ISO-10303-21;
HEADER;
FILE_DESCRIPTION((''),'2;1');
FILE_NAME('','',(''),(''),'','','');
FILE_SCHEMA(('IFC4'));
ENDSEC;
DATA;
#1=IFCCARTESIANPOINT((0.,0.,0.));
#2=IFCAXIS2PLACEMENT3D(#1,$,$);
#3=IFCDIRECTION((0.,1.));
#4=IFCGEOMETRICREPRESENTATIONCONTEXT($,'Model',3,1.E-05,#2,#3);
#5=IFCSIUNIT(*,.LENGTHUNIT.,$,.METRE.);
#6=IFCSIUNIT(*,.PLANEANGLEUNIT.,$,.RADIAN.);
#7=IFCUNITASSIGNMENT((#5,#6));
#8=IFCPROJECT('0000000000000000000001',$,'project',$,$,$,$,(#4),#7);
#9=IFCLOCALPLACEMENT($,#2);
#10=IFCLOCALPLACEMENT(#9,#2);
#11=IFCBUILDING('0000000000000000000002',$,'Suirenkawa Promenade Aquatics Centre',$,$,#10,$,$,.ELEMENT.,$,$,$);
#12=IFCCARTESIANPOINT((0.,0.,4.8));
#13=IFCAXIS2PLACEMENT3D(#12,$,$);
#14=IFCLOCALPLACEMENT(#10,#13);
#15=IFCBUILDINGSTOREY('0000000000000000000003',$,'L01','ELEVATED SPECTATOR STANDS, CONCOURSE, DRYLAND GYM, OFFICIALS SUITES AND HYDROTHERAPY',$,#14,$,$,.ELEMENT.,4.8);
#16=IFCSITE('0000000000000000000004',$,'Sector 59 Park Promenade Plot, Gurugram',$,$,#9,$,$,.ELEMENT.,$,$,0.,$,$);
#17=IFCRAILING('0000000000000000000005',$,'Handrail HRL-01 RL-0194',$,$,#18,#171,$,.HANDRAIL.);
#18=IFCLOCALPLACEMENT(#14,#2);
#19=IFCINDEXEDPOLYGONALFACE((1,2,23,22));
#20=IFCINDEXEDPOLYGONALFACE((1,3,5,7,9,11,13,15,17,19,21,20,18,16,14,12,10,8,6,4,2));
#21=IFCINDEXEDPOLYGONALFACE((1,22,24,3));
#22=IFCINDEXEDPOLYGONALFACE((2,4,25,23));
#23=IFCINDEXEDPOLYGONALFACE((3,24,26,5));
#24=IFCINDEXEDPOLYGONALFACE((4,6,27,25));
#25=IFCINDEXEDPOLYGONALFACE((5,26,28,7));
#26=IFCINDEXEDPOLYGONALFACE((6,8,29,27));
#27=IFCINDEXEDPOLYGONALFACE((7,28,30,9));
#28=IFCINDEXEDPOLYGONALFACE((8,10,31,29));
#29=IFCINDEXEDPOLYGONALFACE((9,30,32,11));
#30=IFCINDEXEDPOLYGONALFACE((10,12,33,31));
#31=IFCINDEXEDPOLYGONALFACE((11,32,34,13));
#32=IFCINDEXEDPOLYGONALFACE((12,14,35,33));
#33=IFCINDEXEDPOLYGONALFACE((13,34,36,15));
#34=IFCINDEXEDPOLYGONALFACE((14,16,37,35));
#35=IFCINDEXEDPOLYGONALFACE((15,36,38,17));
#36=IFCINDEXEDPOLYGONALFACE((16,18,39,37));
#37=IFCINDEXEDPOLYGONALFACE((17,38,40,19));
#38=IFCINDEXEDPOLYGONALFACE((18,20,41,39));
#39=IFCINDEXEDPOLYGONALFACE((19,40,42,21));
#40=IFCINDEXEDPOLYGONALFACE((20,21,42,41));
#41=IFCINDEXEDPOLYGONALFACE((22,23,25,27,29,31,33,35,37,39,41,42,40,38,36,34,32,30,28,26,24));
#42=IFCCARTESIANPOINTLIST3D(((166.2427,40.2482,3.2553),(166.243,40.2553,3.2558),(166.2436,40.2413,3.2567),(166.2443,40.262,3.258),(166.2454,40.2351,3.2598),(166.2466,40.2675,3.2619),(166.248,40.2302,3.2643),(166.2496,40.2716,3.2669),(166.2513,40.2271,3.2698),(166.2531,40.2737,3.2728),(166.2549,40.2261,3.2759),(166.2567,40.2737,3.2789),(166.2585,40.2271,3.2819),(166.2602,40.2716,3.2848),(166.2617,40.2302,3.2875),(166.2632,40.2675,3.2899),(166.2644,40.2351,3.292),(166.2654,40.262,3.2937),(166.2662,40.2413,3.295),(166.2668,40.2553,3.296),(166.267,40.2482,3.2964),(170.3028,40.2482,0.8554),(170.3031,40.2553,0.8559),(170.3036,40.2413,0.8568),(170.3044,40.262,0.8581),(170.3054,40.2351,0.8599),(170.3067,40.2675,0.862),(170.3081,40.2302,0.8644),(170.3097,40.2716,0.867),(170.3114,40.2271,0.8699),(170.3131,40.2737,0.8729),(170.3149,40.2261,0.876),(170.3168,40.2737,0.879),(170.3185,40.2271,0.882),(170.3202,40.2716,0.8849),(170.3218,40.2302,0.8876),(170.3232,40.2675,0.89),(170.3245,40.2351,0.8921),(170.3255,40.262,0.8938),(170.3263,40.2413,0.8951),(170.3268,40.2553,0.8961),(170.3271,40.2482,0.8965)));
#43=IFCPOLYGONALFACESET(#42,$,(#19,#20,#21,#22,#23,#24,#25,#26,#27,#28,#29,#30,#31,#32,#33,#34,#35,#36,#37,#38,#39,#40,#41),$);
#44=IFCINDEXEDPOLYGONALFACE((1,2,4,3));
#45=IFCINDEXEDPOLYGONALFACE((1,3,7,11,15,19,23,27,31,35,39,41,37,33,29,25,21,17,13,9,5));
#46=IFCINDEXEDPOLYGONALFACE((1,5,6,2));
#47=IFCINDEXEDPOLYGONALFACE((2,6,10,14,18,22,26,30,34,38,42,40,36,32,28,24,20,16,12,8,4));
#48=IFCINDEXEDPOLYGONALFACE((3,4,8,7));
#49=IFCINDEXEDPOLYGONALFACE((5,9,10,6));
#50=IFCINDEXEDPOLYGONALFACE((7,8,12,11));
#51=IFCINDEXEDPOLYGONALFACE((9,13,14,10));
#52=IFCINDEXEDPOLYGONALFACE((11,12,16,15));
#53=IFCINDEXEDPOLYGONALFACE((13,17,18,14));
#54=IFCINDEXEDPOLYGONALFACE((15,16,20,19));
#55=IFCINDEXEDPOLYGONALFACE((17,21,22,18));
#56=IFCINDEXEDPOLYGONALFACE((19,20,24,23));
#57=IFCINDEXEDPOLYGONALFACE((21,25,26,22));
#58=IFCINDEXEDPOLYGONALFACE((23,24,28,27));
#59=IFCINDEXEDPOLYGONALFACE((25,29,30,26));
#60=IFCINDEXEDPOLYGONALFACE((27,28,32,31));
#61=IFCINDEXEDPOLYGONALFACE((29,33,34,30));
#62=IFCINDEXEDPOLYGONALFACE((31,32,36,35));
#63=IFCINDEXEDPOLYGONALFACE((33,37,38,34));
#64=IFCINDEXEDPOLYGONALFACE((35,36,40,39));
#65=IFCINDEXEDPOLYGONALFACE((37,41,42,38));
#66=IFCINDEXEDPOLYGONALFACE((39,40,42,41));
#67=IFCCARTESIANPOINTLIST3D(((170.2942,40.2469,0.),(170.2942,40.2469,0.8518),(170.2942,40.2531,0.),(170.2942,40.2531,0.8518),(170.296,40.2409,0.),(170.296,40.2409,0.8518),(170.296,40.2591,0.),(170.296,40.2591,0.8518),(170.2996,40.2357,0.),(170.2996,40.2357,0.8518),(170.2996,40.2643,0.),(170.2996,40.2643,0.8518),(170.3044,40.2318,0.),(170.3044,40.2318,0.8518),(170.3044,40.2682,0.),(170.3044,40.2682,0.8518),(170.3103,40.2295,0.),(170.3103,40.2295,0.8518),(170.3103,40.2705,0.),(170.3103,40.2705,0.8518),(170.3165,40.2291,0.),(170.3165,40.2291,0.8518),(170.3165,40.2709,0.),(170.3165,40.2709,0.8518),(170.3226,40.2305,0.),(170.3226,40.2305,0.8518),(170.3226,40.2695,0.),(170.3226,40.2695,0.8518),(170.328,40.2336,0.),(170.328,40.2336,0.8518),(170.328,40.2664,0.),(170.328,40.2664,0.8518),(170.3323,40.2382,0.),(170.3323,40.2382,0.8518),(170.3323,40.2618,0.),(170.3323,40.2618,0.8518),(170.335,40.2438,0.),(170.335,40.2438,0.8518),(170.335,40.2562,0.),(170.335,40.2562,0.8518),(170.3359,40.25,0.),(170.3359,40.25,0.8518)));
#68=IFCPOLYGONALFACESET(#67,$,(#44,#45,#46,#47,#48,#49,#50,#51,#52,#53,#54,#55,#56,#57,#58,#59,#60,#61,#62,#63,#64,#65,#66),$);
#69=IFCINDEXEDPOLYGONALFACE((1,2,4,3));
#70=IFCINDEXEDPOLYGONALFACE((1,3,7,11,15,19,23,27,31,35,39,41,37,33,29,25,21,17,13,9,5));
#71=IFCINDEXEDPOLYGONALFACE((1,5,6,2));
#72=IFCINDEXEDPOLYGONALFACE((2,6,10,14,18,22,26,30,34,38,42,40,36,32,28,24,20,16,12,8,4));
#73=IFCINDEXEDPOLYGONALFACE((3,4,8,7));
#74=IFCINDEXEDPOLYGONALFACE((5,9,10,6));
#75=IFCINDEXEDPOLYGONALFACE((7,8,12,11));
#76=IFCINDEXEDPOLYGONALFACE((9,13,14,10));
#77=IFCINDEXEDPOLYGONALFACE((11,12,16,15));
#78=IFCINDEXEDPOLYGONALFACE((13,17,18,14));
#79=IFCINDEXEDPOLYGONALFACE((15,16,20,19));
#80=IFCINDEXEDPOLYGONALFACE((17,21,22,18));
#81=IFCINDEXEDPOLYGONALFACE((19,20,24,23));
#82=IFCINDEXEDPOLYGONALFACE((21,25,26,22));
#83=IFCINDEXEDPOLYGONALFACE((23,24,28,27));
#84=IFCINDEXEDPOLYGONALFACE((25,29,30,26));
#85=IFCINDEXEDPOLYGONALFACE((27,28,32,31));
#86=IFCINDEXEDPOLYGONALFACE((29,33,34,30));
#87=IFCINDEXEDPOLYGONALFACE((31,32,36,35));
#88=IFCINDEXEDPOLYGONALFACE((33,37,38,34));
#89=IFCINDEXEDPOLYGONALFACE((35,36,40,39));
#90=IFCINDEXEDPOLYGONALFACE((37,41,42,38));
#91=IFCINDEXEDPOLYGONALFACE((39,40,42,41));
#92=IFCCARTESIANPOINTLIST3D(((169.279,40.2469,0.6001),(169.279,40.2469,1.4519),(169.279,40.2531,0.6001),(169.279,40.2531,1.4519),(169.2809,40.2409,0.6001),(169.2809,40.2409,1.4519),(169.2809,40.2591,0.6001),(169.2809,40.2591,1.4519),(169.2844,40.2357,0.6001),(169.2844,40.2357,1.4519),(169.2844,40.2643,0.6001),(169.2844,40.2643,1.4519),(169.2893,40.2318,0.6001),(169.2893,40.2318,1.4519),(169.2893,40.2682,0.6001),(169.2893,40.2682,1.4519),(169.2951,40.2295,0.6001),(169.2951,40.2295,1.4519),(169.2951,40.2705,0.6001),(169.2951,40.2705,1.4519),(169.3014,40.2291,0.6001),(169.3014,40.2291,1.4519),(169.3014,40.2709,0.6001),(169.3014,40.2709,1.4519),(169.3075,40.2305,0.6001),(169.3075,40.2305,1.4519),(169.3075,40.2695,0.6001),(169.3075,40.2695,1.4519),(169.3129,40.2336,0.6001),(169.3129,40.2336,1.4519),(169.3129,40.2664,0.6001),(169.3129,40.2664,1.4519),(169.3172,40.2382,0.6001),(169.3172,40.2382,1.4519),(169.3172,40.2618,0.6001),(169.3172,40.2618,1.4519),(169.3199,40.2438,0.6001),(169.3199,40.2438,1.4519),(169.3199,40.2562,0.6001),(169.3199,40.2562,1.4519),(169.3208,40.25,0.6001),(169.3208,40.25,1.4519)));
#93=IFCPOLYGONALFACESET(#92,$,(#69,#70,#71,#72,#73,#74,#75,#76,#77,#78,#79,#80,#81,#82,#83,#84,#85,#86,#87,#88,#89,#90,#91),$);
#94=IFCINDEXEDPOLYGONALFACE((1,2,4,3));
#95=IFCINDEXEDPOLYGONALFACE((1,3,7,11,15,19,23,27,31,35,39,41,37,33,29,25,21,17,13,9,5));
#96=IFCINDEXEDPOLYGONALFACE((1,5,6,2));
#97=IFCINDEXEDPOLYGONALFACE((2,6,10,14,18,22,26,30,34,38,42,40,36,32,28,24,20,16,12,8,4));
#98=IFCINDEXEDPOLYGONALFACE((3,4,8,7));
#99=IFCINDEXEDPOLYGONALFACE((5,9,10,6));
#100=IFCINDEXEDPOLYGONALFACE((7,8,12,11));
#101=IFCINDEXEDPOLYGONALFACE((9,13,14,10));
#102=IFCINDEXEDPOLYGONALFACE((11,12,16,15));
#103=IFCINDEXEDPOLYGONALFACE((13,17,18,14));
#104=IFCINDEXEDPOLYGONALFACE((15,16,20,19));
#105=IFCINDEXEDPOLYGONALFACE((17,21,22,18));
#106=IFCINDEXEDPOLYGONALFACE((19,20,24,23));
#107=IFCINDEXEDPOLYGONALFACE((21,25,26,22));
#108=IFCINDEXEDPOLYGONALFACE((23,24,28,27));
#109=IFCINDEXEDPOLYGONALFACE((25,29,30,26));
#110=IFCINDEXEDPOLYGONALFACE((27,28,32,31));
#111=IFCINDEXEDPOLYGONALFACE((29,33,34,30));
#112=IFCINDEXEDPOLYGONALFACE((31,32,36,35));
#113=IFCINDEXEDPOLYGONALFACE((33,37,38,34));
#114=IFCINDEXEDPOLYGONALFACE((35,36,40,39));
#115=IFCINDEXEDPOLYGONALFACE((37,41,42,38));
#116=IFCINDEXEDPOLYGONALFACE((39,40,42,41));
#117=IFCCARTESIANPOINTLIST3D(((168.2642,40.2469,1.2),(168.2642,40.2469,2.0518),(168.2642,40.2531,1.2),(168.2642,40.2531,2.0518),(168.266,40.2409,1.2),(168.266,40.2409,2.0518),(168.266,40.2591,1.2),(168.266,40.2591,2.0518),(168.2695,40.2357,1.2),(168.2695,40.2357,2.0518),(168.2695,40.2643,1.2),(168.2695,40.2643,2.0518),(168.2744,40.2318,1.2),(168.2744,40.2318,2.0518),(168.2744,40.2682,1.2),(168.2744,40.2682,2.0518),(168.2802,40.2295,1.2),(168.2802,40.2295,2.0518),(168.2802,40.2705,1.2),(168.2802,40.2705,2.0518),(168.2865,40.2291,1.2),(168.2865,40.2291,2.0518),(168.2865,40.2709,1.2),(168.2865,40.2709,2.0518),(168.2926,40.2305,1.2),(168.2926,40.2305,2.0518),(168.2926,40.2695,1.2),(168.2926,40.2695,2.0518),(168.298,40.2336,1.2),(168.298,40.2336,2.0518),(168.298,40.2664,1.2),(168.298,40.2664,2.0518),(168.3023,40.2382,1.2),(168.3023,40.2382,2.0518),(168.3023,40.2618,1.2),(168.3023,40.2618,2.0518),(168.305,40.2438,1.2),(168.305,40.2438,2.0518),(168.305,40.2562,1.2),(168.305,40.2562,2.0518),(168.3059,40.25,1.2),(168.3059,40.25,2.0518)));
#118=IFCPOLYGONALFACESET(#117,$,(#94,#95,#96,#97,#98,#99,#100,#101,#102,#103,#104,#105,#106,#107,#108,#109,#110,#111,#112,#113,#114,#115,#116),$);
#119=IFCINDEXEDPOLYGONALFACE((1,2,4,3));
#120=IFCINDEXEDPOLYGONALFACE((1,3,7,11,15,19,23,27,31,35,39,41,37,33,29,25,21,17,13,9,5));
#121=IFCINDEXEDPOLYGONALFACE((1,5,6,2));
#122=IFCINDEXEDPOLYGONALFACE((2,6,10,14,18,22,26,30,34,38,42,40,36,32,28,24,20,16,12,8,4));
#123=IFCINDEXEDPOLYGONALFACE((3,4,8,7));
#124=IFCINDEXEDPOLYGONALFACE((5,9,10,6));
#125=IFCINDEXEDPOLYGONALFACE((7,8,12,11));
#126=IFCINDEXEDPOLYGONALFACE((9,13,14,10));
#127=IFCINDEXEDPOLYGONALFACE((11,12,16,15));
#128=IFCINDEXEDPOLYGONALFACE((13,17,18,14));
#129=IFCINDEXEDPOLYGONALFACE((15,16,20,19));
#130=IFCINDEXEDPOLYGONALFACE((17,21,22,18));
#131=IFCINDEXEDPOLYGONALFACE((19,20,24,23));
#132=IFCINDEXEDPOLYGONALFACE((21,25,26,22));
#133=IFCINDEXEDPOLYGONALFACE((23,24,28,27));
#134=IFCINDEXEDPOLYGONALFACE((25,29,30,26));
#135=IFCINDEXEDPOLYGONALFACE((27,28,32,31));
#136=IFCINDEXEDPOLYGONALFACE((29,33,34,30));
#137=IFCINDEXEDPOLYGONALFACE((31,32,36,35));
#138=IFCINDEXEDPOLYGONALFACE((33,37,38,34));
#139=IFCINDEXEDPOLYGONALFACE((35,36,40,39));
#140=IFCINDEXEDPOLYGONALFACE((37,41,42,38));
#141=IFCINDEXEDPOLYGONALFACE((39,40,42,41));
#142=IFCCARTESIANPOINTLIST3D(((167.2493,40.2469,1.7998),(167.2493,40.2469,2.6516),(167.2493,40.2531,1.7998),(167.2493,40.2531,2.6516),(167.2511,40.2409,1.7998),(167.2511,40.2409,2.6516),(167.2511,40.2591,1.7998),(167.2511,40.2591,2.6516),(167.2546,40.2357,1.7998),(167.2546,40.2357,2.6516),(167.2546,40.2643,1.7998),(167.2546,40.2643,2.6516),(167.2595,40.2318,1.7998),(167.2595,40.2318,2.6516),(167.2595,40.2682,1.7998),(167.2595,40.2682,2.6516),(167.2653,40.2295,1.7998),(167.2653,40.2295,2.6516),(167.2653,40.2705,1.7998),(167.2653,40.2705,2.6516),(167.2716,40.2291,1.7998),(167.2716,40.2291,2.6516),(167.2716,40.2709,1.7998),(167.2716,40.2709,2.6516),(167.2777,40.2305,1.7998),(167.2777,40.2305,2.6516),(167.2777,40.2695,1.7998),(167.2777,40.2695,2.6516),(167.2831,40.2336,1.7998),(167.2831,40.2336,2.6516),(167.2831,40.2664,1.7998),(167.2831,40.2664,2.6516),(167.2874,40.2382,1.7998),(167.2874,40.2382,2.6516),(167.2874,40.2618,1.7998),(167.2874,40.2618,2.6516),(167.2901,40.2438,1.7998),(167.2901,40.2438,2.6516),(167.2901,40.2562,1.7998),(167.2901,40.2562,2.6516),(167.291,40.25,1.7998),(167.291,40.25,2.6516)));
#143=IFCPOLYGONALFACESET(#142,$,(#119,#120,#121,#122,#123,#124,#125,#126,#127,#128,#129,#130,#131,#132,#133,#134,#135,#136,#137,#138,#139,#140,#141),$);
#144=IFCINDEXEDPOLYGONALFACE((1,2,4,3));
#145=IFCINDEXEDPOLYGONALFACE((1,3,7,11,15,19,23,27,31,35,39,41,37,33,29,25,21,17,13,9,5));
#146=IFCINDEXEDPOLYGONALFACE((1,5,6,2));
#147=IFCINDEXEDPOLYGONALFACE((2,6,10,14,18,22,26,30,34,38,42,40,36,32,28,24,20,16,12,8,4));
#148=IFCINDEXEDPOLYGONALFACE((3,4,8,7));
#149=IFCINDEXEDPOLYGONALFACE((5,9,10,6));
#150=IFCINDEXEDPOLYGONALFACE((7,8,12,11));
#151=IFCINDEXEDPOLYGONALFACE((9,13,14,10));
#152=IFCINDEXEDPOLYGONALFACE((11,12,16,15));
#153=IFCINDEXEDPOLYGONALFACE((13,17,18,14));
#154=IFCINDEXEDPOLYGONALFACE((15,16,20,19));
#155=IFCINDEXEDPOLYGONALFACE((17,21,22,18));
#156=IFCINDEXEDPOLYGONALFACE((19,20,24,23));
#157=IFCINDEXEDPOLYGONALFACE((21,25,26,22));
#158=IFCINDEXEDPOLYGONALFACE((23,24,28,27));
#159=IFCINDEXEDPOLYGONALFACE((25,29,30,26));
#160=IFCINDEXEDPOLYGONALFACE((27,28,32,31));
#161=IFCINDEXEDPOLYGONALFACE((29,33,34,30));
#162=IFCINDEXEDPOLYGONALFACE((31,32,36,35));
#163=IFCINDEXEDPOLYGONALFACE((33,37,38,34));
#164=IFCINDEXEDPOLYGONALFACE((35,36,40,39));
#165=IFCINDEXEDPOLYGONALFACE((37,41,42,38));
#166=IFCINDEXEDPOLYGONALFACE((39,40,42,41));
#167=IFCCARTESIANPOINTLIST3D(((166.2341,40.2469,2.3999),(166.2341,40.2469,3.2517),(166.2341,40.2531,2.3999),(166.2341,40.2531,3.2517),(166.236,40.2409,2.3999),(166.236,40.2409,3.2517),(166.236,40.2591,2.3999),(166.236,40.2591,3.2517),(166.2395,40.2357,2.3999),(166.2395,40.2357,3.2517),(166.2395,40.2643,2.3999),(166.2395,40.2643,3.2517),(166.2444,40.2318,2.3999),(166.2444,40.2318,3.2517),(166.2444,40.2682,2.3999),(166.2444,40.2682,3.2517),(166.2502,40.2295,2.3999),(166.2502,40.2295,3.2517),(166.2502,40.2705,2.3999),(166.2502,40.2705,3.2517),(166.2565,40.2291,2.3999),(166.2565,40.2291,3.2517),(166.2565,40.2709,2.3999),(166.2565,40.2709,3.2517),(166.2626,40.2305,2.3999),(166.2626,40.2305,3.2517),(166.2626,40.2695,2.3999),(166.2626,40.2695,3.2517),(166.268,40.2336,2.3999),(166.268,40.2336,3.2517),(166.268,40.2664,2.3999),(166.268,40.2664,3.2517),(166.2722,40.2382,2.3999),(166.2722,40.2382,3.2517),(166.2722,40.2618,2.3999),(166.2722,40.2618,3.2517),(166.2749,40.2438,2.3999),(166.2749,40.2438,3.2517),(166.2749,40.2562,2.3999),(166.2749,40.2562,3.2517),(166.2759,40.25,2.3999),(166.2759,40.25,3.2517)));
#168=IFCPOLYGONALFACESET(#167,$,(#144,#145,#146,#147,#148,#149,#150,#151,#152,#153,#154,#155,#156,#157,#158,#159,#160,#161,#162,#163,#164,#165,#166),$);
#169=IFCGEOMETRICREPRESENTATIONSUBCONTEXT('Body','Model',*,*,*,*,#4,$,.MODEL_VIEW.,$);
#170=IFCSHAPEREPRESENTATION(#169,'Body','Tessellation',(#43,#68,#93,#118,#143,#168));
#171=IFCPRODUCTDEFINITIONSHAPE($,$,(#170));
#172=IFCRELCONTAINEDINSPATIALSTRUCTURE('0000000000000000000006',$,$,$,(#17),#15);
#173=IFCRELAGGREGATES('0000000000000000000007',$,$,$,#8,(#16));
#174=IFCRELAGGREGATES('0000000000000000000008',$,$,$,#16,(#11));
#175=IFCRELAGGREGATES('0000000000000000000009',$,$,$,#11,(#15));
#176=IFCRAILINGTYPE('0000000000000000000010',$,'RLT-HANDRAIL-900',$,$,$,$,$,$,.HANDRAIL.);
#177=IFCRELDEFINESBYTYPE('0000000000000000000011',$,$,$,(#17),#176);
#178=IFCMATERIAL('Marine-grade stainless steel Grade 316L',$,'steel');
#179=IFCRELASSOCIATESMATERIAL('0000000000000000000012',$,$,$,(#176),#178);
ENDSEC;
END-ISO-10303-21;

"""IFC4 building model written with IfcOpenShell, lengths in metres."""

from ifc_helpers import new_model, si_unit, direction, frame, origin, origin_2d, place, context, subcontext, project, spatial, circle, extrude, material, type_object, element, save


model = new_model("IFC4")

# Units and contexts
model_context = context("Model", 3, precision=1e-05, world=origin(), true_north=direction((0.0, 1.0)))
body_context = subcontext(model_context, "Body", "Model", "MODEL_VIEW")
ifc_project = project(units=[si_unit("LENGTHUNIT", "METRE"), si_unit("PLANEANGLEUNIT", "RADIAN")], contexts=[model_context])

# Site, building, storey
site_placement = place(None, origin())
site = spatial("IfcSite", under=ifc_project, at=site_placement, Name="Sector 59 Park Promenade Plot, Gurugram", CompositionType="ELEMENT", RefElevation=0.0)
building_placement = place(site_placement, origin())
building = spatial("IfcBuilding", under=site, at=building_placement, Name="Suirenkawa Promenade Aquatics Centre", CompositionType="ELEMENT")
storey_placement = place(building_placement, frame((0.0, 0.0, 4.8)))
storey = spatial("IfcBuildingStorey", under=building, at=storey_placement, Name="L01", Description="ELEVATED SPECTATOR STANDS, CONCOURSE, DRYLAND GYM, OFFICIALS SUITES AND HYDROTHERAPY", CompositionType="ELEMENT", Elevation=4.8)

# Railing
ifc_material_1 = material(Name="Marine-grade stainless steel Grade 316L", Category="steel")
railing_type_1 = type_object("IfcRailingType", Name="RLT-HANDRAIL-900", PredefinedType="HANDRAIL", material=ifc_material_1)
for number, where, name in (
    (1, (170.3149, 40.25, 0.0), "Handrail HRL-01 RL-0194"),
):
    element("IfcRailing", number, at=place(storey_placement, frame(where)), inside=storey, type_object=railing_type_1, Name=name, PredefinedType="HANDRAIL", context=body_context, shape_type="SweptSolid", body=[
        extrude(circle(Radius=0.0239, at=origin_2d()), frame((0.0, 0.0, 0.876), z_axis=(-0.860854, 0.0, 0.508851), x_axis=(0.0, -1.0, 0.0)), (0.0, 0.0, 1.0), 4.7163),
        extrude(circle(Radius=0.021, at=origin_2d()), origin(), (0.0, 0.0, 1.0), 0.8518),
        extrude(circle(Radius=0.021, at=origin_2d()), frame((-1.0151, 0.0, 0.6001)), (0.0, 0.0, 1.0), 0.8518),
        extrude(circle(Radius=0.021, at=origin_2d()), frame((-2.03, 0.0, 1.2)), (0.0, 0.0, 1.0), 0.8518),
        extrude(circle(Radius=0.021, at=origin_2d()), frame((-3.0449, 0.0, 1.7998)), (0.0, 0.0, 1.0), 0.8518),
        extrude(circle(Radius=0.021, at=origin_2d()), frame((-4.0601, 0.0, 2.3999)), (0.0, 0.0, 1.0), 0.8518),
    ])

save(model, "model.ifc")
